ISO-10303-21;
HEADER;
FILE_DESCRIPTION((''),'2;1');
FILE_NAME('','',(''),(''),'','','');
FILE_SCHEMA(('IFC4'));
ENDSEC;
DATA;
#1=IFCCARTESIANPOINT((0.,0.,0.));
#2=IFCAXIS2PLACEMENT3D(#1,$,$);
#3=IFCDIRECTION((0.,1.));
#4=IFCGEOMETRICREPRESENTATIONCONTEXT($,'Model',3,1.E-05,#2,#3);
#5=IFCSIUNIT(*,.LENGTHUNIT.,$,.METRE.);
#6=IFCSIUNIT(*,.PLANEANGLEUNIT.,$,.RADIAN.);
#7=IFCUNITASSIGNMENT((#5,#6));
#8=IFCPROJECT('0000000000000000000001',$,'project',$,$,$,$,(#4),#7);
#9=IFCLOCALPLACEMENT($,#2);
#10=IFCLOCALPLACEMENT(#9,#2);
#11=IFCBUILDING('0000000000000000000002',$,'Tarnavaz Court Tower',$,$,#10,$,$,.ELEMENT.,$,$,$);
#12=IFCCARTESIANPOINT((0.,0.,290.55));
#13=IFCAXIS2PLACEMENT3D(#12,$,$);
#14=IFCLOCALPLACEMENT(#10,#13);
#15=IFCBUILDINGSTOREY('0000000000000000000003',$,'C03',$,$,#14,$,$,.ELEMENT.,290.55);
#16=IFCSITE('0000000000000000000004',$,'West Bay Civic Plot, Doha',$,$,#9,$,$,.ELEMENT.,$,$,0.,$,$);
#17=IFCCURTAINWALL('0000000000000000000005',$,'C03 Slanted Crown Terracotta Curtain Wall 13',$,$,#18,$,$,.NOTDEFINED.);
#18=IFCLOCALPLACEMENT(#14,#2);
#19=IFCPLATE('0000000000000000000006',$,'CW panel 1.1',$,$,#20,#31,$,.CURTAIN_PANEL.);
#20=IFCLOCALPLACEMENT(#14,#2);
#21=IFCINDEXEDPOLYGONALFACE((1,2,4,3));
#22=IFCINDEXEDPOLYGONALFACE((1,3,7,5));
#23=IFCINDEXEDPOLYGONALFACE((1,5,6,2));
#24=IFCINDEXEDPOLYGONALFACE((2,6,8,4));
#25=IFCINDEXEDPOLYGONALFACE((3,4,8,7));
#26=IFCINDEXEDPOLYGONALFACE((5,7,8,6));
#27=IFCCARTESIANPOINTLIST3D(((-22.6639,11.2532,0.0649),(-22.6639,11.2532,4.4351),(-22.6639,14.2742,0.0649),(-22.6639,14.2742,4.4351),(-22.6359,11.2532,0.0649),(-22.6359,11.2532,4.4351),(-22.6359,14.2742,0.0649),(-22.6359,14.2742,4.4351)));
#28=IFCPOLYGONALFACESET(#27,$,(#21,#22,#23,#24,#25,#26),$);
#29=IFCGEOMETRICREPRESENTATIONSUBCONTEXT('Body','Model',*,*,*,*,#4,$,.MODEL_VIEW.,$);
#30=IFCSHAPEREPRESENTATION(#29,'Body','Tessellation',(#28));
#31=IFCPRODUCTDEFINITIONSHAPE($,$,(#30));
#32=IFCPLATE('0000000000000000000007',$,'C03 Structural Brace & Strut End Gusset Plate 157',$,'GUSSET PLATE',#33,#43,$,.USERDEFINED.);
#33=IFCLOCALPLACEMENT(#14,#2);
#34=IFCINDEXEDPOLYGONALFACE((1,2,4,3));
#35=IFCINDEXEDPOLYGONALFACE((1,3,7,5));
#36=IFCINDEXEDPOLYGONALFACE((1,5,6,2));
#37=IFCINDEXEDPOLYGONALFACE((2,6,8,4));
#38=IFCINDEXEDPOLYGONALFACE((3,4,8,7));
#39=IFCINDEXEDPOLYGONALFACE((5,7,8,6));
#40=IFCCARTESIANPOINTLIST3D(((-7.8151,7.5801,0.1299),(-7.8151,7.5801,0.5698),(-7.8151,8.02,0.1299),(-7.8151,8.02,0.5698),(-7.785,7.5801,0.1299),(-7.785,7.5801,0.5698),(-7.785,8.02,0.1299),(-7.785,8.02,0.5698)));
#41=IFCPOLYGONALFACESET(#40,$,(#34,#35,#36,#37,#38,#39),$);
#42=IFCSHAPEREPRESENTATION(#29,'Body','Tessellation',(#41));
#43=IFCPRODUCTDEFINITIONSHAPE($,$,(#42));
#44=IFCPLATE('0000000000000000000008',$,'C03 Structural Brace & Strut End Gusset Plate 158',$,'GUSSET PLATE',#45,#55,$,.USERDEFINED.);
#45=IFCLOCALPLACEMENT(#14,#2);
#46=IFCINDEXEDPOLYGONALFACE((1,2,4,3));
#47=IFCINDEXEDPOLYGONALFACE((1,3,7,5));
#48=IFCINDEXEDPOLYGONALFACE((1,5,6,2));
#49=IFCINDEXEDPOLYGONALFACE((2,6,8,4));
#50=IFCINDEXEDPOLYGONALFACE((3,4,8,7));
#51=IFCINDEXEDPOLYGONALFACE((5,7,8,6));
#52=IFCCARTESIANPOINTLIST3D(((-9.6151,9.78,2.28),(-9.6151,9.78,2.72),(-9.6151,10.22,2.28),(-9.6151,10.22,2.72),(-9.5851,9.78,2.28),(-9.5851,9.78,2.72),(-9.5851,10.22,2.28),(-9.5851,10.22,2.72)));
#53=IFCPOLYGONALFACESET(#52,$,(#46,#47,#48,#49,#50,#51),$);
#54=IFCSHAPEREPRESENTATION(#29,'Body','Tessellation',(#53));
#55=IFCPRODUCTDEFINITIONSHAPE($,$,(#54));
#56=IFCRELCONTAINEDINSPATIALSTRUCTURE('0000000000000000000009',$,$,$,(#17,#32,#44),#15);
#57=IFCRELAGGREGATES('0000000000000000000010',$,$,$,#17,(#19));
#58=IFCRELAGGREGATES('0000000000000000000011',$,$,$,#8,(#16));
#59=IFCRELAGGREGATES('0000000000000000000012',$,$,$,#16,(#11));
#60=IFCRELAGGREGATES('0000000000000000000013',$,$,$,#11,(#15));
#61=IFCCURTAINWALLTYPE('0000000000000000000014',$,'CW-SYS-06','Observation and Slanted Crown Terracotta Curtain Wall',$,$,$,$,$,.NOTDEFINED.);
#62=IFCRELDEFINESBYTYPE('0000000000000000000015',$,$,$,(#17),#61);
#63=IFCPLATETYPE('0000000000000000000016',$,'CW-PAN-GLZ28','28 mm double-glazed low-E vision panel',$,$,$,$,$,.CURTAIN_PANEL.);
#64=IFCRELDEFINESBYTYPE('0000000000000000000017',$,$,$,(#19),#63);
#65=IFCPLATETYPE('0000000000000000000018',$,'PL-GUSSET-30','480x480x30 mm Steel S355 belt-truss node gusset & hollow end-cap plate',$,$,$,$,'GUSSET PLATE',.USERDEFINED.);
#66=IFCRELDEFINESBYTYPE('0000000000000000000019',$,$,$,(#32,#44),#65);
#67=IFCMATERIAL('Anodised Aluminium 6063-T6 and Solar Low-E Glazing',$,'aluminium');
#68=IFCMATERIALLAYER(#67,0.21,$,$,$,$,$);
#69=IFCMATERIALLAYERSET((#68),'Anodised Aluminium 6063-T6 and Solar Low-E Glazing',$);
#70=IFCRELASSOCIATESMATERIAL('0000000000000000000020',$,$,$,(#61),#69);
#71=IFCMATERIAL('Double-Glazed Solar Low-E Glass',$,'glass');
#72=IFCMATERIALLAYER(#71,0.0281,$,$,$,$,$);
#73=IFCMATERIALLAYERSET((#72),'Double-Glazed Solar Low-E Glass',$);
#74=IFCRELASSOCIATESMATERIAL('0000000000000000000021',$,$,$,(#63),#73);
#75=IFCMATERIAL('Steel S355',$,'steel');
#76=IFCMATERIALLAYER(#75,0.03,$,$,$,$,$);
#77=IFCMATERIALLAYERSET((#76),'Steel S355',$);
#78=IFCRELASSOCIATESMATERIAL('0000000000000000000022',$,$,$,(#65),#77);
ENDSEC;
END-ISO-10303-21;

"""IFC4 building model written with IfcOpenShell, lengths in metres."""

from ifc_helpers import new_model, si_unit, direction, frame, origin, origin_2d, place, context, subcontext, project, spatial, rectangle, extrude, material, layer, layer_set, type_object, element, aggregate, save


model = new_model("IFC4")

# Units and contexts
model_context = context("Model", 3, precision=1e-05, world=origin(), true_north=direction((0.0, 1.0)))
body_context = subcontext(model_context, "Body", "Model", "MODEL_VIEW")
ifc_project = project(units=[si_unit("LENGTHUNIT", "METRE"), si_unit("PLANEANGLEUNIT", "RADIAN")], contexts=[model_context])

# Site, building, storey
site_placement = place(None, origin())
site = spatial("IfcSite", under=ifc_project, at=site_placement, Name="West Bay Civic Plot, Doha", CompositionType="ELEMENT", RefElevation=0.0)
building_placement = place(site_placement, origin())
building = spatial("IfcBuilding", under=site, at=building_placement, Name="Tarnavaz Court Tower", CompositionType="ELEMENT")
storey_placement = place(building_placement, frame((0.0, 0.0, 290.55)))
storey = spatial("IfcBuildingStorey", under=building, at=storey_placement, Name="C03", CompositionType="ELEMENT", Elevation=290.55)

# Shared definitions
ifc_material_1 = material(Name="Steel S355", Category="steel")

# Shared definitions
ifc_material_2 = material(Name="Anodised Aluminium 6063-T6 and Solar Low-E Glazing", Category="aluminium")
ifc_layer_1 = layer(ifc_material_2, 0.21)
ifc_layer_set_1 = layer_set([ifc_layer_1], Name="Anodised Aluminium 6063-T6 and Solar Low-E Glazing")
curtain_wall_type = type_object("IfcCurtainWallType", Name="CW-SYS-06", Description="Observation and Slanted Crown Terracotta Curtain Wall", PredefinedType="NOTDEFINED", material=ifc_layer_set_1)

# Curtain wall
curtain_wall_1_placement = place(storey_placement, origin())
curtain_wall_1 = element("IfcCurtainWall", 1, at=curtain_wall_1_placement, inside=storey, type_object=curtain_wall_type, Name="C03 Slanted Crown Terracotta Curtain Wall 13", PredefinedType="NOTDEFINED")

# Plate
ifc_material_3 = material(Name="Double-Glazed Solar Low-E Glass", Category="glass")
ifc_layer_2 = layer(ifc_material_3, 0.0281)
ifc_layer_set_2 = layer_set([ifc_layer_2], Name="Double-Glazed Solar Low-E Glass")
plate_type_1 = type_object("IfcPlateType", Name="CW-PAN-GLZ28", Description="28 mm double-glazed low-E vision panel", PredefinedType="CURTAIN_PANEL", material=ifc_layer_set_2)
plate_1_placement = place(storey_placement, frame((-22.6499, 12.7637, 0.0649), z_axis=(0.0, 0.0, 1.0), x_axis=(0.0, 1.0, 0.0)))
plate_1 = element("IfcPlate", 2, at=plate_1_placement, type_object=plate_type_1, Name="CW panel 1.1", PredefinedType="CURTAIN_PANEL", context=body_context, shape_type="SweptSolid", body=[
    extrude(rectangle(XDim=3.021, YDim=0.0281, at=origin_2d()), origin(), (0.0, 0.0, 1.0), 4.3701),
])
aggregate(curtain_wall_1, [plate_1])

# Plates
ifc_layer_3 = layer(ifc_material_1, 0.03)
ifc_layer_set_3 = layer_set([ifc_layer_3], Name="Steel S355")
plate_type_2 = type_object("IfcPlateType", Name="PL-GUSSET-30", Description="480x480x30 mm Steel S355 belt-truss node gusset & hollow end-cap plate", ElementType="GUSSET PLATE", PredefinedType="USERDEFINED", material=ifc_layer_set_3)
for number, where, z_axis, x_axis, name in (
    (3, (-7.8, 7.8, 0.1299), (0.0, 0.0, 1.0), (0.0, 1.0, 0.0), "C03 Structural Brace & Strut End Gusset Plate 157"),
    (4, (-9.6001, 10.0, 2.28), (0.0, 0.0, 1.0), (0.0, 1.0, 0.0), "C03 Structural Brace & Strut End Gusset Plate 158"),
):
    element("IfcPlate", number, at=place(storey_placement, frame(where, z_axis=z_axis, x_axis=x_axis)), inside=storey, type_object=plate_type_2, Name=name, ObjectType="GUSSET PLATE", PredefinedType="USERDEFINED", context=body_context, shape_type="SweptSolid", body=[
        extrude(rectangle(XDim=0.4399, YDim=0.03, at=origin_2d()), origin(), (0.0, 0.0, 1.0), 0.4399),
    ])

save(model, "model.ifc")
